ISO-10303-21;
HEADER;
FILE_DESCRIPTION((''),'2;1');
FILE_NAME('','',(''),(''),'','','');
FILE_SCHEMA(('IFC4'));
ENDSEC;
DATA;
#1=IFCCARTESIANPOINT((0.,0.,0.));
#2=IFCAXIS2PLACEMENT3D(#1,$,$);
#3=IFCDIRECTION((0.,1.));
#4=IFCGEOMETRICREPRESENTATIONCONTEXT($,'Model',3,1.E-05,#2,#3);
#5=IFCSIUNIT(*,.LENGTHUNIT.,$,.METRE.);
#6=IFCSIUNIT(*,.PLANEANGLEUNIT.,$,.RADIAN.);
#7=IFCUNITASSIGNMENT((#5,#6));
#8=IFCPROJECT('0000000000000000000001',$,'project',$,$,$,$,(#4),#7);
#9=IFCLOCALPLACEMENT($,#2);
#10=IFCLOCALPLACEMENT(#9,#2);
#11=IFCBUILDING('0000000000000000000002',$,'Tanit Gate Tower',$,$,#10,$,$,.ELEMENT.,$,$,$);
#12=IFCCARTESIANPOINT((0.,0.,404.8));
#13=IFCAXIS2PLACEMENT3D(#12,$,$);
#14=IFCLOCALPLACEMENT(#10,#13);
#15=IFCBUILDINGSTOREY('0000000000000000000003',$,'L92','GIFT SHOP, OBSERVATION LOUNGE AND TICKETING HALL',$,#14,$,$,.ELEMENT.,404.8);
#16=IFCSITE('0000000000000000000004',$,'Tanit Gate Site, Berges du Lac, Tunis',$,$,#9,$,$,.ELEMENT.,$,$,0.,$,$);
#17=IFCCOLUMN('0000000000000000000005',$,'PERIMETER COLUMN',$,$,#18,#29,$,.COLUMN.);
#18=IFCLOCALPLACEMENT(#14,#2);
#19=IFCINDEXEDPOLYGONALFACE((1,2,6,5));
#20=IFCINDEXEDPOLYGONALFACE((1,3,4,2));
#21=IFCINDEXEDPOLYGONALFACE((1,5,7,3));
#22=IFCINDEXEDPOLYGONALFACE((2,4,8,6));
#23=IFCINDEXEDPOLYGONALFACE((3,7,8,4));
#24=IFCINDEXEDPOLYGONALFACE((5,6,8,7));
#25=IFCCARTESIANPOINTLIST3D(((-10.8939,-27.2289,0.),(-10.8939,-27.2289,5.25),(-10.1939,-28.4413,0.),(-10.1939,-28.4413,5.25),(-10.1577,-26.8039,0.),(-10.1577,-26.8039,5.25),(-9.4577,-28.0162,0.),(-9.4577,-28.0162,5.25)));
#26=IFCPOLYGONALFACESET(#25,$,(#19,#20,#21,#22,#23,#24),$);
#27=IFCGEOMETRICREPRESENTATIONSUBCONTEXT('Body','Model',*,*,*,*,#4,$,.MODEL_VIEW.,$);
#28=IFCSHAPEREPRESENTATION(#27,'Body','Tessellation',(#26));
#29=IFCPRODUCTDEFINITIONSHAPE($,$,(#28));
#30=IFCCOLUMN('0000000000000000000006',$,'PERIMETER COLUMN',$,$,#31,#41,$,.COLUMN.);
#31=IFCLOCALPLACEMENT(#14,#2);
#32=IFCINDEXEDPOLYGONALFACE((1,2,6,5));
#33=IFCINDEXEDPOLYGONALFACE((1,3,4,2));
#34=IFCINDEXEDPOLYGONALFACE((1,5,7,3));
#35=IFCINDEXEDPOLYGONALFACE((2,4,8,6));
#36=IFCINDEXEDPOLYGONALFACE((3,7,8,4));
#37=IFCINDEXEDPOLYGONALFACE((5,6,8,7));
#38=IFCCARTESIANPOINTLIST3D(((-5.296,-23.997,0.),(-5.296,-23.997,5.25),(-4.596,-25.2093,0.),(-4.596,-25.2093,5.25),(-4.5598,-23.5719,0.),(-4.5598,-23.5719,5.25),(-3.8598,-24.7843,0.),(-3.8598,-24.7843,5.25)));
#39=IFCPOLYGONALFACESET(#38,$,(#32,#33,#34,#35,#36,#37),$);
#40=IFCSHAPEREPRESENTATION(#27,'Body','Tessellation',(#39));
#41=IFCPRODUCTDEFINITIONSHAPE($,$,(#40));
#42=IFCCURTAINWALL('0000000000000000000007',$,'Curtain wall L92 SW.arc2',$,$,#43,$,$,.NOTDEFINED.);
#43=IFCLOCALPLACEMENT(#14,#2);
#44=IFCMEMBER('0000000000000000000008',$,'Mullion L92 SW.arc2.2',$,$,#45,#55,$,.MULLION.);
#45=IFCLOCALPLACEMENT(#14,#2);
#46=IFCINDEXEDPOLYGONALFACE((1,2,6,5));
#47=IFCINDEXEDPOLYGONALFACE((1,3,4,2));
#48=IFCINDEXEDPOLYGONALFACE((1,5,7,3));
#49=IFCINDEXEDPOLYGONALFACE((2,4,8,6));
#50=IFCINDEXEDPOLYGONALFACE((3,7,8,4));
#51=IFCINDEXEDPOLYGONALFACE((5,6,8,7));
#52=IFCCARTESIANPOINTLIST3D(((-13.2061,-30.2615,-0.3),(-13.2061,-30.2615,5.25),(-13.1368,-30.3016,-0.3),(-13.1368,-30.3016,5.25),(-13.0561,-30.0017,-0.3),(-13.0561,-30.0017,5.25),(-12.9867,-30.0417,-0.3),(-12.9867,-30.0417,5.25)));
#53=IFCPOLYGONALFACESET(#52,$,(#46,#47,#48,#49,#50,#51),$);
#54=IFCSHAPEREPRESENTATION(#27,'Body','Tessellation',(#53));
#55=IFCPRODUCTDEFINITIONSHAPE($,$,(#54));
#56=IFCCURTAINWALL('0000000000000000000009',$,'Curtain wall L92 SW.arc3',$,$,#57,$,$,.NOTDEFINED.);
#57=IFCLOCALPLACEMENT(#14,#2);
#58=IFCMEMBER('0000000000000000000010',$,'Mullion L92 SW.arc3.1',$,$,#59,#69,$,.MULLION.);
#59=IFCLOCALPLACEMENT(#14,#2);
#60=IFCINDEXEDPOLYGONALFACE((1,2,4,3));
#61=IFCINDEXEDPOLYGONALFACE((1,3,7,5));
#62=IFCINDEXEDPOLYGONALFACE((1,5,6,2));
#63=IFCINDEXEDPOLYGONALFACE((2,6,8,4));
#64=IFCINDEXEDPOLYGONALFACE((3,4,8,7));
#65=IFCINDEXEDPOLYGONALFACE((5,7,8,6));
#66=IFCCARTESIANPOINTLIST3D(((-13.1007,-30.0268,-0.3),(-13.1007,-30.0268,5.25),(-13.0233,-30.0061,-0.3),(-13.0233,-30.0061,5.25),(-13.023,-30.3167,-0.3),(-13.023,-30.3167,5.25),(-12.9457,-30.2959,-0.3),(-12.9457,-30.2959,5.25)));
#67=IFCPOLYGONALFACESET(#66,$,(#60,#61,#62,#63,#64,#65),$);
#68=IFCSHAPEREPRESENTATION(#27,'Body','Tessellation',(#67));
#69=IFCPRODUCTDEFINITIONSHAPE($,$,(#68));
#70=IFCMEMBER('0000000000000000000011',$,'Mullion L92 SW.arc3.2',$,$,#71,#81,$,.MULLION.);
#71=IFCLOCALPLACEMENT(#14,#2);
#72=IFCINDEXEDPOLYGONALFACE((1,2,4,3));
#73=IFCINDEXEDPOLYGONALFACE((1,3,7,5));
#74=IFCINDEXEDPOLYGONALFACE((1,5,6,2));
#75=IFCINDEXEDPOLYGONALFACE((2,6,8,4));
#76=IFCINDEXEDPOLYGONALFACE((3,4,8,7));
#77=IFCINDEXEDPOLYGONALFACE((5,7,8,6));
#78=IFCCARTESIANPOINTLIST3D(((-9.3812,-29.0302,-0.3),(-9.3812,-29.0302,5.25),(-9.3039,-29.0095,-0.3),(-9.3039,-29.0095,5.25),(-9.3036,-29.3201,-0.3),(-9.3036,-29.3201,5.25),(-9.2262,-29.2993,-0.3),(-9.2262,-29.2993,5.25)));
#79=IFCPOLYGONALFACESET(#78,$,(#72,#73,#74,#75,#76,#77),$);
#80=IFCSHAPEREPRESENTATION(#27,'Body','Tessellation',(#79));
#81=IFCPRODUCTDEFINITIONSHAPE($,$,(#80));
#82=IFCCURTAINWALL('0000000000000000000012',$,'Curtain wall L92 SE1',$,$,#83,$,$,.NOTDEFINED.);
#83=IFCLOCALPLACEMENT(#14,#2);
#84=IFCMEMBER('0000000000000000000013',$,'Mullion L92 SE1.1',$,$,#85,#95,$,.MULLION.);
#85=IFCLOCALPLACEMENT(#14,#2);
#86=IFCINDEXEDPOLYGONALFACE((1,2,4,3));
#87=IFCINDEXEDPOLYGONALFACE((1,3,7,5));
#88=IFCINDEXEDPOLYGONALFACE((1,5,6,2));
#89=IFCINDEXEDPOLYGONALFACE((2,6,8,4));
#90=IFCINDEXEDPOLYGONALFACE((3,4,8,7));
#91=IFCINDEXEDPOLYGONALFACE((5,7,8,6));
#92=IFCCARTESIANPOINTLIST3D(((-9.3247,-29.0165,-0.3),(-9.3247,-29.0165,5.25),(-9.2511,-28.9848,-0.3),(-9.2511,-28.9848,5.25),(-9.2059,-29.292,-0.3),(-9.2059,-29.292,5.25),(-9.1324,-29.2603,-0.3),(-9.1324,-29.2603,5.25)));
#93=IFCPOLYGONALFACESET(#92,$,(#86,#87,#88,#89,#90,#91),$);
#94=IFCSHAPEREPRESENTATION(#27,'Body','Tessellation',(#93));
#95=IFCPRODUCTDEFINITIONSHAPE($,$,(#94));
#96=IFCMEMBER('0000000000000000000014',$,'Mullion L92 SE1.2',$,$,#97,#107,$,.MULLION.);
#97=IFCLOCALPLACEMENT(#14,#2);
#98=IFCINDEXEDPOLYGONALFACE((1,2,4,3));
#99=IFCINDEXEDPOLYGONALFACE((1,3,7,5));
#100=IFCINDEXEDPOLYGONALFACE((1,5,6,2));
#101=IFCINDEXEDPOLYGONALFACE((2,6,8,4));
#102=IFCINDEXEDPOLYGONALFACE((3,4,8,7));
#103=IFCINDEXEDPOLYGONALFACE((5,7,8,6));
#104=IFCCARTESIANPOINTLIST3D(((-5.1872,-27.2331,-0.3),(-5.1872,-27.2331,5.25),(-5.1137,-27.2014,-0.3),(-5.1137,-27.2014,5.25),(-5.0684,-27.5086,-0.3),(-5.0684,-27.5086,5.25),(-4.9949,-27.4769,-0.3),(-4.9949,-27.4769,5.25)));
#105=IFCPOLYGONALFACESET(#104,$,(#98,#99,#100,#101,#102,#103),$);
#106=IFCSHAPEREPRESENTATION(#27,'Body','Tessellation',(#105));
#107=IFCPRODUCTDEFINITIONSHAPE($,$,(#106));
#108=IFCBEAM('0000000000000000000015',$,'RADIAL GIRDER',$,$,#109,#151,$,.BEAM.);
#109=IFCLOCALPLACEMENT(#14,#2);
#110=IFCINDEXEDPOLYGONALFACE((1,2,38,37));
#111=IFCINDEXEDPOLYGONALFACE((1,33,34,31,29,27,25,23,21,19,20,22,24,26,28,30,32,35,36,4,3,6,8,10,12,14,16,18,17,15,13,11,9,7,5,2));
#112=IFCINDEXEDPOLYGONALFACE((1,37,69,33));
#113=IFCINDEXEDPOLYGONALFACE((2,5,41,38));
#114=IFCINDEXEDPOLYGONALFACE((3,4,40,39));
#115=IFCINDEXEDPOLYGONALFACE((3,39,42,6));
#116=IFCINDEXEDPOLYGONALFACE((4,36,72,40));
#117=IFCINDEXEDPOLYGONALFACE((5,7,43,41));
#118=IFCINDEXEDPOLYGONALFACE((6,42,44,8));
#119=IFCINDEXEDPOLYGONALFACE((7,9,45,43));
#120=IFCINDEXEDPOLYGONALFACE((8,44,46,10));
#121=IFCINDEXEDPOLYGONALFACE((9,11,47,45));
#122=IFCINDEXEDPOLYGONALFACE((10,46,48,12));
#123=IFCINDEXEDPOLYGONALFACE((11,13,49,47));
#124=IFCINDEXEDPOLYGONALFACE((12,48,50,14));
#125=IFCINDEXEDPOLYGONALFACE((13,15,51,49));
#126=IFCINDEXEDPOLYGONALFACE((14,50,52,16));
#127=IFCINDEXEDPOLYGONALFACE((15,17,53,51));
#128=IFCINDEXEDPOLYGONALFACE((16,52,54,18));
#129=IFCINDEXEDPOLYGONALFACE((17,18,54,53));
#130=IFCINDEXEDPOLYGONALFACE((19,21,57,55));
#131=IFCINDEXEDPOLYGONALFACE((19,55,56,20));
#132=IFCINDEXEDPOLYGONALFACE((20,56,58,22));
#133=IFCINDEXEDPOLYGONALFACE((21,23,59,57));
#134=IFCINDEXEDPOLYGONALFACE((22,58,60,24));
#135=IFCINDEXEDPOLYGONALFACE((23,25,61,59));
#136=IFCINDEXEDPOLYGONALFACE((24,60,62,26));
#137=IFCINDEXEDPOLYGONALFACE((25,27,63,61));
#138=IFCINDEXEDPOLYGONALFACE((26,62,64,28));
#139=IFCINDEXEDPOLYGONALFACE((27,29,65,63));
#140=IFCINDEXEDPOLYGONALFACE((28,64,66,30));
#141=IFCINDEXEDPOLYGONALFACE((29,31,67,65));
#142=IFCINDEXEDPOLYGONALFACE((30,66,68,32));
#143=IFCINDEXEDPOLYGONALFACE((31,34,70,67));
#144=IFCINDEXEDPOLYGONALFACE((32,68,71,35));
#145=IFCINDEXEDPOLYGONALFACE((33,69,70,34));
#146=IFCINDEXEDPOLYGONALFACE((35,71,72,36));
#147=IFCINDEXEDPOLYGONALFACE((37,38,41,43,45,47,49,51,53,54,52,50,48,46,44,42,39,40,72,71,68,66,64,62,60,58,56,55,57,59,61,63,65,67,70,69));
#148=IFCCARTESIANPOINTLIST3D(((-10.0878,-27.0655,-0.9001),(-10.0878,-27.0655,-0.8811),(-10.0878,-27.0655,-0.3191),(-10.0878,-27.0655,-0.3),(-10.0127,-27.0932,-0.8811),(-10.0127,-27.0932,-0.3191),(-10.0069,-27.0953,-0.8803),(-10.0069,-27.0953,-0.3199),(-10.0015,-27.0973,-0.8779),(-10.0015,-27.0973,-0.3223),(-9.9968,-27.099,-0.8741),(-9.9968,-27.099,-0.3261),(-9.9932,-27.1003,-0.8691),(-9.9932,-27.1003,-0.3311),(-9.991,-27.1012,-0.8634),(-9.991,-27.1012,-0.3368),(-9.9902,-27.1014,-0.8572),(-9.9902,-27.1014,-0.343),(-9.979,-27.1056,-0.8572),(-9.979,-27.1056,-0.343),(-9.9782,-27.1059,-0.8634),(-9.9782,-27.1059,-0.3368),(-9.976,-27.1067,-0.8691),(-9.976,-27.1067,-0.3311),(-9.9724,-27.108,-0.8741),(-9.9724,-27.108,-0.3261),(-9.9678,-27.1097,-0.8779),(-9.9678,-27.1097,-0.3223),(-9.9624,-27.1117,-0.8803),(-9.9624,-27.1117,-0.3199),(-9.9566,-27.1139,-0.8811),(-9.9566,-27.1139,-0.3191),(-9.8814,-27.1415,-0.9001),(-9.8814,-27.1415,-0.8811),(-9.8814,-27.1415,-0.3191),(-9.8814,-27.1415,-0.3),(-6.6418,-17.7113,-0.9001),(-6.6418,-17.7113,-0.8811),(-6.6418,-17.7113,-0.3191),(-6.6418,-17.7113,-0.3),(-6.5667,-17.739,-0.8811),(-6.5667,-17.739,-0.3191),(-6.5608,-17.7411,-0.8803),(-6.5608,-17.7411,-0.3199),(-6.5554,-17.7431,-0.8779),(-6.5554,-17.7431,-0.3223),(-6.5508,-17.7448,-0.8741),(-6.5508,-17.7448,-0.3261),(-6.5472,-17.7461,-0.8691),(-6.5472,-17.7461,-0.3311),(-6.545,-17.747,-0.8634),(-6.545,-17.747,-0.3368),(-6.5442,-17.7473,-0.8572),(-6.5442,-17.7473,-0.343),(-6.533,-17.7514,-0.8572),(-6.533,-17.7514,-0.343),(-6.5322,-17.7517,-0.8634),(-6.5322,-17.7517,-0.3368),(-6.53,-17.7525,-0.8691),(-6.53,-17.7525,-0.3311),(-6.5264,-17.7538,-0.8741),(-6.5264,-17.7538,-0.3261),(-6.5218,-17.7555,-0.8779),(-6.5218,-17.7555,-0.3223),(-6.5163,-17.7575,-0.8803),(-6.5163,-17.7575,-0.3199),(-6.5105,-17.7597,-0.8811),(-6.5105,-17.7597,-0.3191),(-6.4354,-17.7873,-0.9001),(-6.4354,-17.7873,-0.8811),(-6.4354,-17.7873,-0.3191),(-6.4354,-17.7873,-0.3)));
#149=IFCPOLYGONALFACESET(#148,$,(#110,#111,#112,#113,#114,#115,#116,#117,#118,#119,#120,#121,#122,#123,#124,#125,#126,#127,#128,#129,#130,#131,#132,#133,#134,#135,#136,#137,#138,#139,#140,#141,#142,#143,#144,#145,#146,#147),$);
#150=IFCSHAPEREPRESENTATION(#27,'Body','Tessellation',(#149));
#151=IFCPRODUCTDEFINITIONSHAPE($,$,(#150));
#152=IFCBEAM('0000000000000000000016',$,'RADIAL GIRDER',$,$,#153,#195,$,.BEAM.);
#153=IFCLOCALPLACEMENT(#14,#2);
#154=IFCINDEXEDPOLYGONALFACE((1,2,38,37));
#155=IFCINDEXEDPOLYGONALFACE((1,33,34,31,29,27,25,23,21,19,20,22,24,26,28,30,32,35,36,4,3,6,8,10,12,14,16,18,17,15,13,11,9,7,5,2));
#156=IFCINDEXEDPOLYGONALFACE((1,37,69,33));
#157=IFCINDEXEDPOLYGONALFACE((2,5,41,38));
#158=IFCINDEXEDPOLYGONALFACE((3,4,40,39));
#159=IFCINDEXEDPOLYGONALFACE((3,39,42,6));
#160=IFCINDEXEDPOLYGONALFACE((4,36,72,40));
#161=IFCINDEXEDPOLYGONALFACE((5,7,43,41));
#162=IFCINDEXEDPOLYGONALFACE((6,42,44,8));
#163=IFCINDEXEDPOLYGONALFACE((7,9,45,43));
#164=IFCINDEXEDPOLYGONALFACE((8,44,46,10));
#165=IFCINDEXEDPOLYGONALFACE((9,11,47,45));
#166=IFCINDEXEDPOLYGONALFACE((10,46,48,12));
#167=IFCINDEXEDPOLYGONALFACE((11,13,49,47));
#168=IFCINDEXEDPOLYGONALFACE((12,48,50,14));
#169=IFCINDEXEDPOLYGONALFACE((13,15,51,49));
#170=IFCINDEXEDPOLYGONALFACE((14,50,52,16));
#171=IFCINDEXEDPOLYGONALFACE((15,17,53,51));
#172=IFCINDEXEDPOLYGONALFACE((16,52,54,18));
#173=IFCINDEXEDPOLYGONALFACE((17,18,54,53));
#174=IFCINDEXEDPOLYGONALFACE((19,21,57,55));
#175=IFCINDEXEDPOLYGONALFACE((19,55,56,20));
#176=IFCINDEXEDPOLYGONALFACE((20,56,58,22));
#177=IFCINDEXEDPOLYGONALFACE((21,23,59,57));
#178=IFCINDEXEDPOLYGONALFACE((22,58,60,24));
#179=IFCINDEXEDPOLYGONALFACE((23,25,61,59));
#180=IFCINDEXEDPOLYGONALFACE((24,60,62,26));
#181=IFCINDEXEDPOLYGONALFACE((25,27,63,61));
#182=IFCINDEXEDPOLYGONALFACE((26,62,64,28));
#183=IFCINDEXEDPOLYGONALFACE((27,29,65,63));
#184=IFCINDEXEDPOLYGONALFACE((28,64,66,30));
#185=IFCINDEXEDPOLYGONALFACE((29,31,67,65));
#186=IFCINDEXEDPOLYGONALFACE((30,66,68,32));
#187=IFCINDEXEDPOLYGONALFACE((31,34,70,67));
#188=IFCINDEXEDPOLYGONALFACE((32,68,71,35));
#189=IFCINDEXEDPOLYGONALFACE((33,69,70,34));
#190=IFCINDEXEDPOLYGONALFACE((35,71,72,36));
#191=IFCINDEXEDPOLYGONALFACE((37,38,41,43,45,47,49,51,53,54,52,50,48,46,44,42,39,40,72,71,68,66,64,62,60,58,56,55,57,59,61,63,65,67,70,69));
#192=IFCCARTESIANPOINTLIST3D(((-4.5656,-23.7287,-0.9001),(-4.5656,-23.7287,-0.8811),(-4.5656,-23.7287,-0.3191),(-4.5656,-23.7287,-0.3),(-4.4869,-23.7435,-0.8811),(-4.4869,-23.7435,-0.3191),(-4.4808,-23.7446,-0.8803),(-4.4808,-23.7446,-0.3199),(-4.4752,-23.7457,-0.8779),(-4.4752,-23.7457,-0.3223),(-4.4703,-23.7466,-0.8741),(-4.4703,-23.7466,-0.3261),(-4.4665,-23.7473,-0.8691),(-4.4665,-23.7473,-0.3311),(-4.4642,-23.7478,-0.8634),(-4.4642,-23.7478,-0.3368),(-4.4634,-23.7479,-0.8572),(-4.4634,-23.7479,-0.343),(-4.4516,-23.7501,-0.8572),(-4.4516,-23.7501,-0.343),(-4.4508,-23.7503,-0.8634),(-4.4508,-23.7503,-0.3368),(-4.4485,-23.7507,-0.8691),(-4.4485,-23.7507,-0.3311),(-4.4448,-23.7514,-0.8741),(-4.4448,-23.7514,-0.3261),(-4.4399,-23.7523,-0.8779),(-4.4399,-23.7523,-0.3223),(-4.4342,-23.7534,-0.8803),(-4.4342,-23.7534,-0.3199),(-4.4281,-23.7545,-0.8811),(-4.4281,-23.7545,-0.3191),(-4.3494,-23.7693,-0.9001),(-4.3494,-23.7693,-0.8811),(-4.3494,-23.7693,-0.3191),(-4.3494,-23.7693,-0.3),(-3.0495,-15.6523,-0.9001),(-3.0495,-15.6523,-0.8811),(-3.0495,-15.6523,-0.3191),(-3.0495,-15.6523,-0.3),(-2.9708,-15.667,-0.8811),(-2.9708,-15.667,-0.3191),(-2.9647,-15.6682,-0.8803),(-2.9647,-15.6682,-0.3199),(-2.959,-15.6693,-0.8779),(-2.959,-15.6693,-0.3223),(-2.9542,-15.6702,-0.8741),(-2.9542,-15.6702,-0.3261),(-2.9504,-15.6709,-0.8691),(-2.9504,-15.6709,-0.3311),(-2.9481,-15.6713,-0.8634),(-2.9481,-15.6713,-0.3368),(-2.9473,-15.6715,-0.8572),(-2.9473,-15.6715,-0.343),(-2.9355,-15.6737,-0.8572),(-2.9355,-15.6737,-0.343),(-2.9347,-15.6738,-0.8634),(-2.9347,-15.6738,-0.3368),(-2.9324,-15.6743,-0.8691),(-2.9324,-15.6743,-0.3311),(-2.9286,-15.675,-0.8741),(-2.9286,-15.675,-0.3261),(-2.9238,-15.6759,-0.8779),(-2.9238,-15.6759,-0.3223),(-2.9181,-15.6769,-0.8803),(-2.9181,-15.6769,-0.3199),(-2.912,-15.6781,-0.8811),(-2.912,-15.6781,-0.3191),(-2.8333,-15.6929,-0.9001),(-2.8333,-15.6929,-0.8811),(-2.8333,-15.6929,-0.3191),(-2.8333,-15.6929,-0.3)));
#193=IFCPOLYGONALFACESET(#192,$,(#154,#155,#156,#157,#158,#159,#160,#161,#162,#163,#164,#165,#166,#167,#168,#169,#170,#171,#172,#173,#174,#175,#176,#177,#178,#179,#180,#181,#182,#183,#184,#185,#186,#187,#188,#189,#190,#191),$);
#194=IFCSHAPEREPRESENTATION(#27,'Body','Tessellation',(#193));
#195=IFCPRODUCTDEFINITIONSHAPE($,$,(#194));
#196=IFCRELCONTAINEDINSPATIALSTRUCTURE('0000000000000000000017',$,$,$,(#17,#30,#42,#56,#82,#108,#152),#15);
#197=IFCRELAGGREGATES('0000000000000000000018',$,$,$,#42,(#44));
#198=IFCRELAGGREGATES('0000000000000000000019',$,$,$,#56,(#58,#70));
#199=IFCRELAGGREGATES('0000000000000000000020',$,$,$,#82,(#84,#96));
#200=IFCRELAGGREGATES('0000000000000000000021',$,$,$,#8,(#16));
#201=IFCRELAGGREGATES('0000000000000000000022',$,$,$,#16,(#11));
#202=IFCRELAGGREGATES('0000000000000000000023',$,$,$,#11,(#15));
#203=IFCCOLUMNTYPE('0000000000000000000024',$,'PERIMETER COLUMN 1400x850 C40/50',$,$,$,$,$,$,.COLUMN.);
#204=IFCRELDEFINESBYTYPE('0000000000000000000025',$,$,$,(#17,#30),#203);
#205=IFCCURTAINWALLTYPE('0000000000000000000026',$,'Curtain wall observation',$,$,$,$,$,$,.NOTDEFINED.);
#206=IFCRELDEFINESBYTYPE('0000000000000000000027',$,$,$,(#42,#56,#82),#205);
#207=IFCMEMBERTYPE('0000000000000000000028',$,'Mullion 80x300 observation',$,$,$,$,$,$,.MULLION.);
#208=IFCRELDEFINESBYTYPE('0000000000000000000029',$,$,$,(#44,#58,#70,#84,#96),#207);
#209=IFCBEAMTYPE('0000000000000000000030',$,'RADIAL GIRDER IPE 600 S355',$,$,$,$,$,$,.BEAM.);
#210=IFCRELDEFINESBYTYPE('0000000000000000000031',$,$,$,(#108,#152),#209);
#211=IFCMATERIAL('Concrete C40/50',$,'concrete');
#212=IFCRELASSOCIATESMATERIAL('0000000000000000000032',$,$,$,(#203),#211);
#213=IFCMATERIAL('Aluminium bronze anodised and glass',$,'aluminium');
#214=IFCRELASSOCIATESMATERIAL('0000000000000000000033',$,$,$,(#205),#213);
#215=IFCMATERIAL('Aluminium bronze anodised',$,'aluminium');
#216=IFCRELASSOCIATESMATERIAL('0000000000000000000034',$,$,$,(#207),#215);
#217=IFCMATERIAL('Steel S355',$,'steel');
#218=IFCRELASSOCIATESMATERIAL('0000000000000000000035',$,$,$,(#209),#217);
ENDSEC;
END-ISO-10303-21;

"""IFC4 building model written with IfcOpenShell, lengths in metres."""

from ifc_helpers import new_model, si_unit, direction, frame, origin, origin_2d, place, context, subcontext, project, spatial, rectangle, i_section, extrude, material, material_profile, profile_set, type_object, element, aggregate, save


model = new_model("IFC4")

# Units and contexts
model_context = context("Model", 3, precision=1e-05, world=origin(), true_north=direction((0.0, 1.0)))
body_context = subcontext(model_context, "Body", "Model", "MODEL_VIEW")
ifc_project = project(units=[si_unit("LENGTHUNIT", "METRE"), si_unit("PLANEANGLEUNIT", "RADIAN")], contexts=[model_context])

# Site, building, storey
site_placement = place(None, origin())
site = spatial("IfcSite", under=ifc_project, at=site_placement, Name="Tanit Gate Site, Berges du Lac, Tunis", CompositionType="ELEMENT", RefElevation=0.0)
building_placement = place(site_placement, origin())
building = spatial("IfcBuilding", under=site, at=building_placement, Name="Tanit Gate Tower", CompositionType="ELEMENT")
storey_placement = place(building_placement, frame((0.0, 0.0, 404.8)))
storey = spatial("IfcBuildingStorey", under=building, at=storey_placement, Name="L92", Description="GIFT SHOP, OBSERVATION LOUNGE AND TICKETING HALL", CompositionType="ELEMENT", Elevation=404.8)

# Columns
ifc_material_1 = material(Name="Concrete C40/50", Category="concrete")
ifc_material_profile_1 = material_profile(ifc_material_1, rectangle(XDim=1.3999, YDim=0.8501, at=origin_2d()), Name="RC 1400x850")
ifc_profile_set_1 = profile_set([ifc_material_profile_1], Name="Concrete C40/50")
column_type = type_object("IfcColumnType", Name="PERIMETER COLUMN 1400x850 C40/50", PredefinedType="COLUMN", material=ifc_profile_set_1)
for number, where, z_axis, x_axis, name in (
    (1, (-10.1758, -27.6226, 0.0), (0.0, 0.0, 1.0), (0.5, -0.866025, 0.0), "PERIMETER COLUMN"),
    (2, (-4.5779, -24.3906, 0.0), (0.0, 0.0, 1.0), (0.5, -0.866025, 0.0), "PERIMETER COLUMN"),
):
    element("IfcColumn", number, at=place(storey_placement, frame(where, z_axis=z_axis, x_axis=x_axis)), inside=storey, type_object=column_type, Name=name, PredefinedType="COLUMN", context=body_context, shape_type="SweptSolid", body=[
        extrude(rectangle(XDim=1.3999, YDim=0.8501, at=origin_2d()), origin(), (0.0, 0.0, 1.0), 5.25),
    ])

# Curtain wall, member
ifc_material_2 = material(Name="Aluminium bronze anodised and glass", Category="aluminium")
curtain_wall_type = type_object("IfcCurtainWallType", Name="Curtain wall observation", PredefinedType="NOTDEFINED", material=ifc_material_2)
curtain_wall_1_placement = place(storey_placement, origin())
curtain_wall_1 = element("IfcCurtainWall", 3, at=curtain_wall_1_placement, inside=storey, type_object=curtain_wall_type, Name="Curtain wall L92 SW.arc2", PredefinedType="NOTDEFINED")
ifc_material_3 = material(Name="Aluminium bronze anodised", Category="aluminium")
ifc_material_profile_2 = material_profile(ifc_material_3, rectangle(XDim=0.3, YDim=0.0801, at=origin_2d()), Name="80x300 bronze mullion")
ifc_profile_set_2 = profile_set([ifc_material_profile_2], Name="Aluminium bronze anodised")
member_type_1 = type_object("IfcMemberType", Name="Mullion 80x300 observation", PredefinedType="MULLION", material=ifc_profile_set_2)
member_1_placement = place(storey_placement, frame((-13.0964, -30.1516, -0.3), z_axis=(0.0, 0.0, 1.0), x_axis=(0.5, 0.866025, 0.0)))
member_1 = element("IfcMember", 4, at=member_1_placement, type_object=member_type_1, Name="Mullion L92 SW.arc2.2", PredefinedType="MULLION", context=body_context, shape_type="SweptSolid", body=[
    extrude(rectangle(XDim=0.3, YDim=0.0801, at=origin_2d()), origin(), (0.0, 0.0, 1.0), 5.55),
])
aggregate(curtain_wall_1, [member_1])

# Curtain walls, members
curtain_wall_2_placement = place(storey_placement, origin())
curtain_wall_2 = element("IfcCurtainWall", 5, at=curtain_wall_2_placement, inside=storey, type_object=curtain_wall_type, Name="Curtain wall L92 SW.arc3", PredefinedType="NOTDEFINED")
member_2_placement = place(storey_placement, frame((-13.0232, -30.1614, -0.3), z_axis=(0.0, 0.0, 1.0), x_axis=(-0.258819, 0.965926, 0.0)))
member_2 = element("IfcMember", 6, at=member_2_placement, type_object=member_type_1, Name="Mullion L92 SW.arc3.1", PredefinedType="MULLION", context=body_context, shape_type="SweptSolid", body=[
    extrude(rectangle(XDim=0.3, YDim=0.0801, at=origin_2d()), origin(), (0.0, 0.0, 1.0), 5.55),
])
member_3_placement = place(storey_placement, frame((-9.3037, -29.1648, -0.3), z_axis=(0.0, 0.0, 1.0), x_axis=(-0.258819, 0.965926, 0.0)))
member_3 = element("IfcMember", 7, at=member_3_placement, type_object=member_type_1, Name="Mullion L92 SW.arc3.2", PredefinedType="MULLION", context=body_context, shape_type="SweptSolid", body=[
    extrude(rectangle(XDim=0.3, YDim=0.0801, at=origin_2d()), origin(), (0.0, 0.0, 1.0), 5.55),
])
curtain_wall_3_placement = place(storey_placement, origin())
curtain_wall_3 = element("IfcCurtainWall", 8, at=curtain_wall_3_placement, inside=storey, type_object=curtain_wall_type, Name="Curtain wall L92 SE1", PredefinedType="NOTDEFINED")
member_4_placement = place(storey_placement, frame((-9.2285, -29.1384, -0.3), z_axis=(0.0, 0.0, 1.0), x_axis=(-0.395871, 0.918306, 0.0)))
member_4 = element("IfcMember", 9, at=member_4_placement, type_object=member_type_1, Name="Mullion L92 SE1.1", PredefinedType="MULLION", context=body_context, shape_type="SweptSolid", body=[
    extrude(rectangle(XDim=0.3, YDim=0.0801, at=origin_2d()), origin(), (0.0, 0.0, 1.0), 5.55),
])
member_5_placement = place(storey_placement, frame((-5.0911, -27.355, -0.3), z_axis=(0.0, 0.0, 1.0), x_axis=(-0.395871, 0.918306, 0.0)))
member_5 = element("IfcMember", 10, at=member_5_placement, type_object=member_type_1, Name="Mullion L92 SE1.2", PredefinedType="MULLION", context=body_context, shape_type="SweptSolid", body=[
    extrude(rectangle(XDim=0.3, YDim=0.0801, at=origin_2d()), origin(), (0.0, 0.0, 1.0), 5.55),
])

# Beams
ifc_material_4 = material(Name="Steel S355", Category="steel")
ifc_material_profile_3 = material_profile(ifc_material_4, i_section(OverallWidth=0.22, OverallDepth=0.6001, WebThickness=0.012, FlangeThickness=0.019, FilletRadius=0.0239, at=origin_2d()), Name="IPE 600")
ifc_profile_set_3 = profile_set([ifc_material_profile_3], Name="Steel S355")
beam_type = type_object("IfcBeamType", Name="RADIAL GIRDER IPE 600 S355", PredefinedType="BEAM", material=ifc_profile_set_3)
beam_1_placement = place(storey_placement, frame((-9.9846, -27.1035, -0.6001), z_axis=(0.345683, 0.938351, 0.0), x_axis=(-0.938351, 0.345683, 0.0)))
element("IfcBeam", 11, at=beam_1_placement, inside=storey, type_object=beam_type, Name="RADIAL GIRDER", PredefinedType="BEAM", context=body_context, shape_type="SweptSolid", body=[
    extrude(i_section(OverallWidth=0.22, OverallDepth=0.6001, WebThickness=0.012, FlangeThickness=0.019, FilletRadius=0.0239, at=origin_2d()), origin(), (0.0, 0.0, 1.0), 9.9688),
])
beam_2_placement = place(storey_placement, frame((-4.4575, -23.749, -0.6001), z_axis=(0.184498, 0.982833, 0.0), x_axis=(-0.982833, 0.184498, 0.0)))
element("IfcBeam", 12, at=beam_2_placement, inside=storey, type_object=beam_type, Name="RADIAL GIRDER", PredefinedType="BEAM", context=body_context, shape_type="SweptSolid", body=[
    extrude(i_section(OverallWidth=0.22, OverallDepth=0.6001, WebThickness=0.012, FlangeThickness=0.019, FilletRadius=0.0239, at=origin_2d()), origin(), (0.0, 0.0, 1.0), 8.2175),
])

aggregate(curtain_wall_2, [member_2, member_3])
aggregate(curtain_wall_3, [member_4, member_5])

save(model, "model.ifc")
